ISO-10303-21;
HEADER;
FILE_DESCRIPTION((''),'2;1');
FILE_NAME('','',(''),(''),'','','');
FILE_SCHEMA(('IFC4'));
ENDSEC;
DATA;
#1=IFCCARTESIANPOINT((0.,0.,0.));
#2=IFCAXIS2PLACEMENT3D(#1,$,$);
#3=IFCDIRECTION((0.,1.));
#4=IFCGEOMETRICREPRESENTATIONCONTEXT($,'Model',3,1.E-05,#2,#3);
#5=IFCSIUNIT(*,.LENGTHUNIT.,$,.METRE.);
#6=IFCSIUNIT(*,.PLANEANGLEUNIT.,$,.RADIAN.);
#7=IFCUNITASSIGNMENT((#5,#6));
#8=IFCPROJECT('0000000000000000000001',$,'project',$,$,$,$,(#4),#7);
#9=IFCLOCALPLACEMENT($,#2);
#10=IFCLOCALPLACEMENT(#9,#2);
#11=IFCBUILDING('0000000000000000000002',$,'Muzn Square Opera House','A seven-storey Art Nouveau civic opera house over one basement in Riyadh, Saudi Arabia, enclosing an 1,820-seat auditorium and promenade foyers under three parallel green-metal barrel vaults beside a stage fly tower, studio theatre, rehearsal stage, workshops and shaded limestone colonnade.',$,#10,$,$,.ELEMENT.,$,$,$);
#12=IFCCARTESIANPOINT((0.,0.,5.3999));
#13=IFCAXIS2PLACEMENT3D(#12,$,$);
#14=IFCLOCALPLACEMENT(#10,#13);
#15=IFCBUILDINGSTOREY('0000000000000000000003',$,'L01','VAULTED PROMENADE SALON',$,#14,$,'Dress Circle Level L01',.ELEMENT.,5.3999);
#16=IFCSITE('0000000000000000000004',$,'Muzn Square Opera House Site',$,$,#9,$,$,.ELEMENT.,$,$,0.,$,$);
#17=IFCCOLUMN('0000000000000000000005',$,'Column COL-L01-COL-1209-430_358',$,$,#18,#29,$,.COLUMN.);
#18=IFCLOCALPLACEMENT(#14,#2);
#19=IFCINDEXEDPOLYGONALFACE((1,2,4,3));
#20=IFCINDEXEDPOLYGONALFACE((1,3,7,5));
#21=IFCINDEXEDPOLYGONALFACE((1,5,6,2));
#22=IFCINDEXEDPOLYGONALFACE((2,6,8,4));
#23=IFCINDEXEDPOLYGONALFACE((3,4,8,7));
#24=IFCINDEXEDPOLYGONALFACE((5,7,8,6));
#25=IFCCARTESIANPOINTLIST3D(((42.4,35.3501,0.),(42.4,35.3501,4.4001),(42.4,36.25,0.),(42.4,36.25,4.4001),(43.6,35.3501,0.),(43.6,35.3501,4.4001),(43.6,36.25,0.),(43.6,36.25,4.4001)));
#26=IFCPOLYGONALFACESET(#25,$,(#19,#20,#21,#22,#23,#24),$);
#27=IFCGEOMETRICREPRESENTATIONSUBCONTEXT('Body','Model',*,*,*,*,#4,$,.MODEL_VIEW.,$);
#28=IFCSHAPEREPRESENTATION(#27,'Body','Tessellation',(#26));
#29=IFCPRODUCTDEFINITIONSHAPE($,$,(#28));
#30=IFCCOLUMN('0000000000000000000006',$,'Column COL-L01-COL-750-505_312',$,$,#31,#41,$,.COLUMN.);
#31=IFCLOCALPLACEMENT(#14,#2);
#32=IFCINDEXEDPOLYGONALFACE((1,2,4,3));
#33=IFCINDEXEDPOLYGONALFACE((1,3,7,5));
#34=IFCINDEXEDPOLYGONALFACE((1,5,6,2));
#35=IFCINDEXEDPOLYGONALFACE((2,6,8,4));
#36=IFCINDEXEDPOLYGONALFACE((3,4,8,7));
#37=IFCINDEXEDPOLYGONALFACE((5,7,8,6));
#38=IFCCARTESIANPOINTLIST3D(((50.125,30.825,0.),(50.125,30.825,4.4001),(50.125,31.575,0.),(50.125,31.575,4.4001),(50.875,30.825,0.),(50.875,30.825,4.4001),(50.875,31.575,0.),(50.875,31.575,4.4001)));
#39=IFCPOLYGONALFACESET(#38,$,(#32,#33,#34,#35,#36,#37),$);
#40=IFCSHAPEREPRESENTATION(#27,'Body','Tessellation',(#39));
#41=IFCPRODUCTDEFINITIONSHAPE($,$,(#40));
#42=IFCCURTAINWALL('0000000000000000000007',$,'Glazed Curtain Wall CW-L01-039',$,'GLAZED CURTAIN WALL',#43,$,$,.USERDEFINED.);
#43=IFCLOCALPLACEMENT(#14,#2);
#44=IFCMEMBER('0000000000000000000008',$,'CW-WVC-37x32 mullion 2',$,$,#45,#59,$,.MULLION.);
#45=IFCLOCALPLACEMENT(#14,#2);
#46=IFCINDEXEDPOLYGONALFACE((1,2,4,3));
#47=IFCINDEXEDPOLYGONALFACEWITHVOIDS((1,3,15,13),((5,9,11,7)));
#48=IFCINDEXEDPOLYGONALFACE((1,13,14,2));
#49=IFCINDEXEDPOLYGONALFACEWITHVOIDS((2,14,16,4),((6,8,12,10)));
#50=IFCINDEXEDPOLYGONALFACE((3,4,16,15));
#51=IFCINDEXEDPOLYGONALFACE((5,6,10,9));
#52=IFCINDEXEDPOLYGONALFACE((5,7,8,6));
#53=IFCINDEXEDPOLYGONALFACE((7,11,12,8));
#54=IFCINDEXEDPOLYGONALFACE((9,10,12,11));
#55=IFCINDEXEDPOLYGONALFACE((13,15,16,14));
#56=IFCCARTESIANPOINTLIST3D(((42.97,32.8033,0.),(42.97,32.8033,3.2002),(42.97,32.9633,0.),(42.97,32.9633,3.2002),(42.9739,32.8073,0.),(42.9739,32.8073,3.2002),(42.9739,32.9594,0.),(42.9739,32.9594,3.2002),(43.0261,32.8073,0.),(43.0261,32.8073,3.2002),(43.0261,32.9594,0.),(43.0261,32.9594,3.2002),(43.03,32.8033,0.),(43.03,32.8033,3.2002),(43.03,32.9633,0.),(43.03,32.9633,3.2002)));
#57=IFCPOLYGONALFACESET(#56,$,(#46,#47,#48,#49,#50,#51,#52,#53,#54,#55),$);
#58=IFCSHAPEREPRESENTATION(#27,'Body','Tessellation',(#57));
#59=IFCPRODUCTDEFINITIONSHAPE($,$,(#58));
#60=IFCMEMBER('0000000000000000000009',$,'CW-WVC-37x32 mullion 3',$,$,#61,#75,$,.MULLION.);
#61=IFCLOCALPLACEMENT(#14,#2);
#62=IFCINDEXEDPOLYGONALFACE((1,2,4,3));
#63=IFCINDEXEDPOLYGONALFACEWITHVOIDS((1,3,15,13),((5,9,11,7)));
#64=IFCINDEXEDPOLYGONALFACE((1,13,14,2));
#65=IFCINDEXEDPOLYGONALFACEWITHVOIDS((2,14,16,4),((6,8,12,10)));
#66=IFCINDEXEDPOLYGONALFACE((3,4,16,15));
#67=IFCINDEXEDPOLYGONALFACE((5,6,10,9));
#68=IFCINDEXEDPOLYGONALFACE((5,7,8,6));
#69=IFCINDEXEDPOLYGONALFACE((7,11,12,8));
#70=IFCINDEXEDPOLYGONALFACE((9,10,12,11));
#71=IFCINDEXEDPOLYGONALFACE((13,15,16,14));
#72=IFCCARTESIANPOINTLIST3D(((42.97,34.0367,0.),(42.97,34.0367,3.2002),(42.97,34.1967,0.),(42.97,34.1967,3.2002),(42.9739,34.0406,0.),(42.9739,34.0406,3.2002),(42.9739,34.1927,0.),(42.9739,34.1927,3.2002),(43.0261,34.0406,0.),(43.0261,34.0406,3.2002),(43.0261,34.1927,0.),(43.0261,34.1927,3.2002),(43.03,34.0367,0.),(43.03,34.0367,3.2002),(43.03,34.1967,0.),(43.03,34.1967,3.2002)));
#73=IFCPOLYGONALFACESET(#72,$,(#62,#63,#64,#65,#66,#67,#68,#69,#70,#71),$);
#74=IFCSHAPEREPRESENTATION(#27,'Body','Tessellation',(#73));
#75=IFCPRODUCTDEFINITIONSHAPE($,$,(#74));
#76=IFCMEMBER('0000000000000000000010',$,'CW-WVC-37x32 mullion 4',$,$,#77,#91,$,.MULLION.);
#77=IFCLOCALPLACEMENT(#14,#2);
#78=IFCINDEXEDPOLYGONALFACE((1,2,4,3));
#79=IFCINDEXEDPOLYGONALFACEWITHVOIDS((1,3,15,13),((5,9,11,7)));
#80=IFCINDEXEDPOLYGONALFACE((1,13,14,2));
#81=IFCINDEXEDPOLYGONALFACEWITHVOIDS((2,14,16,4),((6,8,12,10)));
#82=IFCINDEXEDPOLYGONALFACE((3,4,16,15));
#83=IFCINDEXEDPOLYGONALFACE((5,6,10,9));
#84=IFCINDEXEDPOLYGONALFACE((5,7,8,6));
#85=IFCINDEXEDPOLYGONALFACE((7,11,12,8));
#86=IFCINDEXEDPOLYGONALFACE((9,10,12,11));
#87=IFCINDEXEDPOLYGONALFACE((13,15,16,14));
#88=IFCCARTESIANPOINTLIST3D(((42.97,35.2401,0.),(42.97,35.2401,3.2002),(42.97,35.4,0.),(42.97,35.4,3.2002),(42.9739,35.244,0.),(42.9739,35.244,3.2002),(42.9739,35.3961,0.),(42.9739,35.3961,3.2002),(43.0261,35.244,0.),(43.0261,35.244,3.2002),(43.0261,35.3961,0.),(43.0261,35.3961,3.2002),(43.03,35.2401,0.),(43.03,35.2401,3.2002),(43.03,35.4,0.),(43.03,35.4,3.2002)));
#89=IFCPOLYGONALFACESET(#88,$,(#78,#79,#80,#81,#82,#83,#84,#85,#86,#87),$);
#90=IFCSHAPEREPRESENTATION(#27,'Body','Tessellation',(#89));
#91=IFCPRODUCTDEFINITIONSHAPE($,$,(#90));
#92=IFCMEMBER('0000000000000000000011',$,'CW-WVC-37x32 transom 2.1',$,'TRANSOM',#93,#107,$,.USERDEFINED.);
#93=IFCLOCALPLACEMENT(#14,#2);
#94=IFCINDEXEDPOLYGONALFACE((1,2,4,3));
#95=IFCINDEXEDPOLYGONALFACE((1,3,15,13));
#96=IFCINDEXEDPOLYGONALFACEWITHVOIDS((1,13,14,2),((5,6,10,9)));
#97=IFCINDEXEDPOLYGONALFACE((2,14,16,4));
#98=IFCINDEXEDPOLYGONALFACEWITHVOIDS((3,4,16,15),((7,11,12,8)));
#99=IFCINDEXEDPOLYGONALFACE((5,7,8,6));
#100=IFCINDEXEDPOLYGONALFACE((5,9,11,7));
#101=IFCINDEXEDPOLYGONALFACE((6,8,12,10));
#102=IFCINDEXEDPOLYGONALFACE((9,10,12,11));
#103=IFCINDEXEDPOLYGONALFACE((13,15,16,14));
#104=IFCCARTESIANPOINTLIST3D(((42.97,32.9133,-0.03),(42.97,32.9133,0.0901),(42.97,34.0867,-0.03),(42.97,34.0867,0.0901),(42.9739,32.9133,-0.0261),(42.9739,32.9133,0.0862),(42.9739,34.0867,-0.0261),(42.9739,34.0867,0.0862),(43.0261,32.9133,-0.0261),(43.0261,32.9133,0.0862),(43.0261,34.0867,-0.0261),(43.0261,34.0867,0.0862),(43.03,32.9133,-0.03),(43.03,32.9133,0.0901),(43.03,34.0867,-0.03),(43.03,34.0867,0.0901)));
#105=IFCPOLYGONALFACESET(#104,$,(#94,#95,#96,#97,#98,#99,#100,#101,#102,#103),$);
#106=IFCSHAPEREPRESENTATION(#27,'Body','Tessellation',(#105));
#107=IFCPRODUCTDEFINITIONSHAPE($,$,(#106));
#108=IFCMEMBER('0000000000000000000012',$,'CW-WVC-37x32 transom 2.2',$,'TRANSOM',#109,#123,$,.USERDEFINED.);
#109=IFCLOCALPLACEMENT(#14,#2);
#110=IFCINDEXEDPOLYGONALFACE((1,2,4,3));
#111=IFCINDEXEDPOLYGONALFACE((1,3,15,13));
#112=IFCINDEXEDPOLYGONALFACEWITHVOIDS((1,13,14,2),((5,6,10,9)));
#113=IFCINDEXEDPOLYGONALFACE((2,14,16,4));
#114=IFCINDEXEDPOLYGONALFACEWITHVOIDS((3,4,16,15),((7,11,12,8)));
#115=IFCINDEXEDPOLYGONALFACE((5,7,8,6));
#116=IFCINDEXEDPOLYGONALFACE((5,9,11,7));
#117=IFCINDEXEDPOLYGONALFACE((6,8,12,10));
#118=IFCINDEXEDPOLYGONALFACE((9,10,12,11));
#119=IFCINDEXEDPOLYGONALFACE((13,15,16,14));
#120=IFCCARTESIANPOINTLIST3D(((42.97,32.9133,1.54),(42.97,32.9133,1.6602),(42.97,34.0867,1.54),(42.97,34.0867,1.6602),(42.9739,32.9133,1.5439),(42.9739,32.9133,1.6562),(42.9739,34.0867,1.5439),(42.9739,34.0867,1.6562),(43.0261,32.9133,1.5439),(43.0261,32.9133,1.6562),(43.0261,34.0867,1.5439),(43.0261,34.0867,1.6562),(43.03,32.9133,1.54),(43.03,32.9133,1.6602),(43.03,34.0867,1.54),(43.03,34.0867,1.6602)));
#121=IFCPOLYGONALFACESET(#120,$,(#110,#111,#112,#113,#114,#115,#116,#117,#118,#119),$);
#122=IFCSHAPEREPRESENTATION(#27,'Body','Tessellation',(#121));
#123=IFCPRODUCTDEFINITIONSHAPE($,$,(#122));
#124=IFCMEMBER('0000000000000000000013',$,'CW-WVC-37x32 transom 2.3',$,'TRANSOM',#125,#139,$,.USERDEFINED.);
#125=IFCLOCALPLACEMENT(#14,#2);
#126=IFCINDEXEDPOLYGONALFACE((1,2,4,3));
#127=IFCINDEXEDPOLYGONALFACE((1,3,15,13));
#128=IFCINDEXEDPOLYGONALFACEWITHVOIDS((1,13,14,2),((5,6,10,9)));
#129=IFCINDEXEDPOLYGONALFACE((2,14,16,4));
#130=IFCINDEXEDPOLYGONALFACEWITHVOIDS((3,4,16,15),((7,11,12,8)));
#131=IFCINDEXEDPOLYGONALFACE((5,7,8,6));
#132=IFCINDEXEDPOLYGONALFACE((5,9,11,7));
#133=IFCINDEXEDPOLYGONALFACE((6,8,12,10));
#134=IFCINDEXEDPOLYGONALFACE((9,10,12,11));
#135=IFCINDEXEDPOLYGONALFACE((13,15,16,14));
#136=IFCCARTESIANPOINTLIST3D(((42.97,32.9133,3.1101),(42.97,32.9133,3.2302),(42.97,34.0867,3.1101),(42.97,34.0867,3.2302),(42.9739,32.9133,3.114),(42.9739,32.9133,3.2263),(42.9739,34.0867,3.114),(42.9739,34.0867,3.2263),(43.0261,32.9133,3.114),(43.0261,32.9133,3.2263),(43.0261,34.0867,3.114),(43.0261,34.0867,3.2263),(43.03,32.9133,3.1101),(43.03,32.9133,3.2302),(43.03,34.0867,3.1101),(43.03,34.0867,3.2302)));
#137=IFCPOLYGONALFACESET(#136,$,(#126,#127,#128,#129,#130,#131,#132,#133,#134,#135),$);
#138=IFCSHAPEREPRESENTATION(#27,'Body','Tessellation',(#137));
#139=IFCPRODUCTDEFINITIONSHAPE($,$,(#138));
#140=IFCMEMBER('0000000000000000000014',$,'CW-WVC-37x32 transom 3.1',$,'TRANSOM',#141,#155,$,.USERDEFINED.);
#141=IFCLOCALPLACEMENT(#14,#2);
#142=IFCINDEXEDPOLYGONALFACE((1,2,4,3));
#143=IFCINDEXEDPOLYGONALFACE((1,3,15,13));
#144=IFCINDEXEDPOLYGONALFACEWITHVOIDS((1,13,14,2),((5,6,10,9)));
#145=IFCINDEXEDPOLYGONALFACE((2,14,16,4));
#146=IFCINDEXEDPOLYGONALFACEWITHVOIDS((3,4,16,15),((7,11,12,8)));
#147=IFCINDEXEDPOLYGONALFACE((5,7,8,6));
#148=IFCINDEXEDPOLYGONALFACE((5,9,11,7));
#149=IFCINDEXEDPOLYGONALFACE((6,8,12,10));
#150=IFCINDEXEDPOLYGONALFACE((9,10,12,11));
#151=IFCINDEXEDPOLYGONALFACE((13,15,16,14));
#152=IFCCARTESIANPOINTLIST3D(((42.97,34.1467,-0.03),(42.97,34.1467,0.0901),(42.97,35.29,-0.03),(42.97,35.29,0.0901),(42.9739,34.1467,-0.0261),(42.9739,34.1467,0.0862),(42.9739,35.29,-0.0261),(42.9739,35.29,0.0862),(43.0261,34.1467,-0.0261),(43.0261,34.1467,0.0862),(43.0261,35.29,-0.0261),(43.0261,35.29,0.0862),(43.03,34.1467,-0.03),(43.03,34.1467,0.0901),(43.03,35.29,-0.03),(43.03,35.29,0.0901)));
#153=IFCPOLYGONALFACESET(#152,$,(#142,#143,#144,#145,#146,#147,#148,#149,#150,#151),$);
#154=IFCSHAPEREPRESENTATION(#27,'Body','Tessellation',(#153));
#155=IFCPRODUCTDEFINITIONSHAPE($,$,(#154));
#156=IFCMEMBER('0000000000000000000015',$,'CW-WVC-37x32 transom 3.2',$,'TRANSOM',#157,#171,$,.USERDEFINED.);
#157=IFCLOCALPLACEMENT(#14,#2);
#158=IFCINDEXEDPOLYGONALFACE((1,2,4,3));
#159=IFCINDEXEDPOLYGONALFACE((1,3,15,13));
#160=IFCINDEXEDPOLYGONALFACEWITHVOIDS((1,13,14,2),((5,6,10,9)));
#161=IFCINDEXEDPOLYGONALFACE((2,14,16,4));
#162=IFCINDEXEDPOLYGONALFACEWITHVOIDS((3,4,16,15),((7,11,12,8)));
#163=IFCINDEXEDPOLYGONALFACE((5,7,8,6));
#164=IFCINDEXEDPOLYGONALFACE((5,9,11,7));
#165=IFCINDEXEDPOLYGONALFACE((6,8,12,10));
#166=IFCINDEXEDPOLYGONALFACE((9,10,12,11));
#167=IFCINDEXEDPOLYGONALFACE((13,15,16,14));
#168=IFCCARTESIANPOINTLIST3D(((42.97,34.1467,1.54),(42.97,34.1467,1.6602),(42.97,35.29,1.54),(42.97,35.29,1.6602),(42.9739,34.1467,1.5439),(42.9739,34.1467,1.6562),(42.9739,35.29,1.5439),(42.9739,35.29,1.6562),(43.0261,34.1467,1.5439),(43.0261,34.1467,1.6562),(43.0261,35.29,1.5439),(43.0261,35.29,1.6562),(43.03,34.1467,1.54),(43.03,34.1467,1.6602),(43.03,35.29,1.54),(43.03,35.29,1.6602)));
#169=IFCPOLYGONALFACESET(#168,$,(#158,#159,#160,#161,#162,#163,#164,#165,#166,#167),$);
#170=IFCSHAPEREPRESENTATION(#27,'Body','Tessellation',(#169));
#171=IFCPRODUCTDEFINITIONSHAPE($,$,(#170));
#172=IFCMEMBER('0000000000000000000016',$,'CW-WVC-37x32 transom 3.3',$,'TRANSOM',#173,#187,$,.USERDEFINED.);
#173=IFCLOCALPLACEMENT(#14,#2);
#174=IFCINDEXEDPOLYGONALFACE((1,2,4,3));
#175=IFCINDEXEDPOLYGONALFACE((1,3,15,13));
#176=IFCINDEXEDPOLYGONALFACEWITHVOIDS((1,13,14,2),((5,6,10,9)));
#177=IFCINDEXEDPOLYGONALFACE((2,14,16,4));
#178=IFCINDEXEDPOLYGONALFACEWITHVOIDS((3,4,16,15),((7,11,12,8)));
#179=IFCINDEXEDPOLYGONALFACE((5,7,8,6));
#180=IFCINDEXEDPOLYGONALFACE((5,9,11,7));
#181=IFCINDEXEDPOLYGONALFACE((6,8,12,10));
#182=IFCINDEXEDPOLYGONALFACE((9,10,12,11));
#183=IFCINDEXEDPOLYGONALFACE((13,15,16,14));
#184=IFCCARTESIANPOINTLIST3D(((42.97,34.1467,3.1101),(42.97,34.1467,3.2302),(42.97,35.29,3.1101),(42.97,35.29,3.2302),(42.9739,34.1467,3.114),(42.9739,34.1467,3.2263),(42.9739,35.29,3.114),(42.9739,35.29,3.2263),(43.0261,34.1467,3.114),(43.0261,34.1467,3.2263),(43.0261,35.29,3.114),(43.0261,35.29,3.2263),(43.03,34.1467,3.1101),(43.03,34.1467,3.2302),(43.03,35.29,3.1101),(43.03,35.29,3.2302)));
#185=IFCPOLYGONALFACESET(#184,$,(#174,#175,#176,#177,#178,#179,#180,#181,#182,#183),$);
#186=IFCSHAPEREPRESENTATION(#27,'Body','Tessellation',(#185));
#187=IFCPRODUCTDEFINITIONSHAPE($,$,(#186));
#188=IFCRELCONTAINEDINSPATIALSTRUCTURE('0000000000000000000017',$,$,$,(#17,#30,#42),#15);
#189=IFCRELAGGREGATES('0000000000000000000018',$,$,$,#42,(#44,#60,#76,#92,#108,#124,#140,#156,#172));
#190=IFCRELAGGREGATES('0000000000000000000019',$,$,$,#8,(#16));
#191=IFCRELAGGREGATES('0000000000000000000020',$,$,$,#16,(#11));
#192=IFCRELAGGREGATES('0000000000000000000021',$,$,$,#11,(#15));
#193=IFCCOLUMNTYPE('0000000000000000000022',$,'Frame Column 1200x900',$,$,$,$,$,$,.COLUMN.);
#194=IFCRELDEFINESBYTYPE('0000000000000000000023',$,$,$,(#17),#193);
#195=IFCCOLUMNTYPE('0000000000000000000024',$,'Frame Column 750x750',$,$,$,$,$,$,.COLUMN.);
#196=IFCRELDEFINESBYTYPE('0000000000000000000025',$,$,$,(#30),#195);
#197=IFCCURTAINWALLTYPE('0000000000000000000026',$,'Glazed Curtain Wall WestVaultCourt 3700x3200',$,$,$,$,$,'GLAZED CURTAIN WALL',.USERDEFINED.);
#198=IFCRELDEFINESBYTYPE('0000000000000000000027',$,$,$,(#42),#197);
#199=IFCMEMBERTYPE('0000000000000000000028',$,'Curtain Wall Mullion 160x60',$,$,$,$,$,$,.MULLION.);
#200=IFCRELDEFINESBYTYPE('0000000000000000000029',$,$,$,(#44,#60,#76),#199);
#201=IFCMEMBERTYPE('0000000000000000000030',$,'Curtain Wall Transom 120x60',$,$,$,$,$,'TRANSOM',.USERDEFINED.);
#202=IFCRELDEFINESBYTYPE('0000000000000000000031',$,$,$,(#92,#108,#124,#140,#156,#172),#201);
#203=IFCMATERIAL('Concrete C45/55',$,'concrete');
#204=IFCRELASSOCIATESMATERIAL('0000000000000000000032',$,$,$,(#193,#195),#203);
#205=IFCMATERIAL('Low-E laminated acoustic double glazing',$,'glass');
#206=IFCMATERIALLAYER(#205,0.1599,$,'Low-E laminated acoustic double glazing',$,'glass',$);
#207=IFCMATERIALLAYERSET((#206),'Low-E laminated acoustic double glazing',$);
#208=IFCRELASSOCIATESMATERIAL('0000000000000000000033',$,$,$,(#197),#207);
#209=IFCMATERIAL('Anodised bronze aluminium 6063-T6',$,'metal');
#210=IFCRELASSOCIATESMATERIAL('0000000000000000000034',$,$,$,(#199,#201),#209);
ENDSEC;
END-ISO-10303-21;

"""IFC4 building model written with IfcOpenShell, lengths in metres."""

from ifc_helpers import new_model, si_unit, direction, frame, origin, origin_2d, place, context, subcontext, project, spatial, rectangle, hollow_rectangle, extrude, material, layer, layer_set, material_profile, profile_set, type_object, element, aggregate, save


model = new_model("IFC4")

# Units and contexts
model_context = context("Model", 3, precision=1e-05, world=origin(), true_north=direction((0.0, 1.0)))
body_context = subcontext(model_context, "Body", "Model", "MODEL_VIEW")
ifc_project = project(units=[si_unit("LENGTHUNIT", "METRE"), si_unit("PLANEANGLEUNIT", "RADIAN")], contexts=[model_context])

# Site, building, storey
site_placement = place(None, origin())
site = spatial("IfcSite", under=ifc_project, at=site_placement, Name="Muzn Square Opera House Site", CompositionType="ELEMENT", RefElevation=0.0)
building_placement = place(site_placement, origin())
building = spatial("IfcBuilding", under=site, at=building_placement, Name="Muzn Square Opera House", Description="A seven-storey Art Nouveau civic opera house over one basement in Riyadh, Saudi Arabia, enclosing an 1,820-seat auditorium and promenade foyers under three parallel green-metal barrel vaults beside a stage fly tower, studio theatre, rehearsal stage, workshops and shaded limestone colonnade.", CompositionType="ELEMENT")
storey_placement = place(building_placement, frame((0.0, 0.0, 5.3999)))
storey = spatial("IfcBuildingStorey", under=building, at=storey_placement, Name="L01", Description="VAULTED PROMENADE SALON", LongName="Dress Circle Level L01", CompositionType="ELEMENT", Elevation=5.3999)

# Columns
ifc_material_1 = material(Name="Concrete C45/55", Category="concrete")
ifc_material_profile_1 = material_profile(ifc_material_1, rectangle(XDim=1.2, YDim=0.8999, at=origin_2d()), Name="RC 1200x900", Category="concrete")
ifc_profile_set_1 = profile_set([ifc_material_profile_1], Name="Concrete C45/55")
column_type_1 = type_object("IfcColumnType", Name="Frame Column 1200x900", PredefinedType="COLUMN", material=ifc_profile_set_1)
column_1_placement = place(storey_placement, frame((43.0, 35.8, 0.0), z_axis=(0.0, 0.0, 1.0), x_axis=(1.0, 0.0, 0.0)))
element("IfcColumn", 1, at=column_1_placement, inside=storey, type_object=column_type_1, Name="Column COL-L01-COL-1209-430_358", PredefinedType="COLUMN", context=body_context, shape_type="SweptSolid", body=[
    extrude(rectangle(XDim=1.2, YDim=0.8999, at=origin_2d()), origin(), (0.0, 0.0, 1.0), 4.4001),
])
ifc_material_profile_2 = material_profile(ifc_material_1, rectangle(XDim=0.75, YDim=0.75, at=origin_2d()), Name="RC 750x750", Category="concrete")
ifc_profile_set_2 = profile_set([ifc_material_profile_2], Name="Concrete C45/55")
column_type_2 = type_object("IfcColumnType", Name="Frame Column 750x750", PredefinedType="COLUMN", material=ifc_profile_set_2)
column_2_placement = place(storey_placement, frame((50.5, 31.2, 0.0), z_axis=(0.0, 0.0, 1.0), x_axis=(1.0, 0.0, 0.0)))
element("IfcColumn", 2, at=column_2_placement, inside=storey, type_object=column_type_2, Name="Column COL-L01-COL-750-505_312", PredefinedType="COLUMN", context=body_context, shape_type="SweptSolid", body=[
    extrude(rectangle(XDim=0.75, YDim=0.75, at=origin_2d()), origin(), (0.0, 0.0, 1.0), 4.4001),
])

# Curtain wall, members
ifc_material_2 = material(Name="Low-E laminated acoustic double glazing", Category="glass")
ifc_layer_1 = layer(ifc_material_2, 0.1599, Name="Low-E laminated acoustic double glazing", Category="glass")
ifc_layer_set_1 = layer_set([ifc_layer_1], Name="Low-E laminated acoustic double glazing")
curtain_wall_type = type_object("IfcCurtainWallType", Name="Glazed Curtain Wall WestVaultCourt 3700x3200", ElementType="GLAZED CURTAIN WALL", PredefinedType="USERDEFINED", material=ifc_layer_set_1)
curtain_wall_placement = place(storey_placement, origin())
curtain_wall = element("IfcCurtainWall", 3, at=curtain_wall_placement, inside=storey, type_object=curtain_wall_type, Name="Glazed Curtain Wall CW-L01-039", ObjectType="GLAZED CURTAIN WALL", PredefinedType="USERDEFINED")
ifc_material_3 = material(Name="Anodised bronze aluminium 6063-T6", Category="metal")
ifc_material_profile_3 = material_profile(ifc_material_3, hollow_rectangle(XDim=0.0601, YDim=0.1599, WallThickness=0.0039, at=origin_2d()), Name="ALU 160x60x4", Category="metal")
ifc_profile_set_3 = profile_set([ifc_material_profile_3], Name="Anodised bronze aluminium 6063-T6")
member_type_1 = type_object("IfcMemberType", Name="Curtain Wall Mullion 160x60", PredefinedType="MULLION", material=ifc_profile_set_3)
member_1_placement = place(storey_placement, frame((43.0, 32.8833, 0.0), z_axis=(0.0, 0.0, 1.0), x_axis=(-1.0, 0.0, 0.0)))
member_1 = element("IfcMember", 4, at=member_1_placement, type_object=member_type_1, Name="CW-WVC-37x32 mullion 2", PredefinedType="MULLION", context=body_context, shape_type="SweptSolid", body=[
    extrude(hollow_rectangle(XDim=0.0601, YDim=0.1599, WallThickness=0.0039, at=origin_2d()), origin(), (0.0, 0.0, 1.0), 3.2002),
])
member_2_placement = place(storey_placement, frame((43.0, 34.1167, 0.0), z_axis=(0.0, 0.0, 1.0), x_axis=(-1.0, 0.0, 0.0)))
member_2 = element("IfcMember", 5, at=member_2_placement, type_object=member_type_1, Name="CW-WVC-37x32 mullion 3", PredefinedType="MULLION", context=body_context, shape_type="SweptSolid", body=[
    extrude(hollow_rectangle(XDim=0.0601, YDim=0.1599, WallThickness=0.0039, at=origin_2d()), origin(), (0.0, 0.0, 1.0), 3.2002),
])
member_3_placement = place(storey_placement, frame((43.0, 35.3201, 0.0), z_axis=(0.0, 0.0, 1.0), x_axis=(-1.0, 0.0, 0.0)))
member_3 = element("IfcMember", 6, at=member_3_placement, type_object=member_type_1, Name="CW-WVC-37x32 mullion 4", PredefinedType="MULLION", context=body_context, shape_type="SweptSolid", body=[
    extrude(hollow_rectangle(XDim=0.0601, YDim=0.1599, WallThickness=0.0039, at=origin_2d()), origin(), (0.0, 0.0, 1.0), 3.2002),
])
ifc_material_profile_4 = material_profile(ifc_material_3, hollow_rectangle(XDim=0.0601, YDim=0.1201, WallThickness=0.0039, at=origin_2d()), Name="ALU 120x60x4", Category="metal")
ifc_profile_set_4 = profile_set([ifc_material_profile_4], Name="Anodised bronze aluminium 6063-T6")
member_type_2 = type_object("IfcMemberType", Name="Curtain Wall Transom 120x60", ElementType="TRANSOM", PredefinedType="USERDEFINED", material=ifc_profile_set_4)
member_4_placement = place(storey_placement, frame((43.0, 32.9133, 0.03), z_axis=(0.0, 1.0, 0.0), x_axis=(-1.0, 0.0, 0.0)))
member_4 = element("IfcMember", 7, at=member_4_placement, type_object=member_type_2, Name="CW-WVC-37x32 transom 2.1", ObjectType="TRANSOM", PredefinedType="USERDEFINED", context=body_context, shape_type="SweptSolid", body=[
    extrude(hollow_rectangle(XDim=0.0601, YDim=0.1201, WallThickness=0.0039, at=origin_2d()), origin(), (0.0, 0.0, 1.0), 1.1733),
])
member_5_placement = place(storey_placement, frame((43.0, 32.9133, 1.6001), z_axis=(0.0, 1.0, 0.0), x_axis=(-1.0, 0.0, 0.0)))
member_5 = element("IfcMember", 8, at=member_5_placement, type_object=member_type_2, Name="CW-WVC-37x32 transom 2.2", ObjectType="TRANSOM", PredefinedType="USERDEFINED", context=body_context, shape_type="SweptSolid", body=[
    extrude(hollow_rectangle(XDim=0.0601, YDim=0.1201, WallThickness=0.0039, at=origin_2d()), origin(), (0.0, 0.0, 1.0), 1.1733),
])
member_6_placement = place(storey_placement, frame((43.0, 32.9133, 3.1702), z_axis=(0.0, 1.0, 0.0), x_axis=(-1.0, 0.0, 0.0)))
member_6 = element("IfcMember", 9, at=member_6_placement, type_object=member_type_2, Name="CW-WVC-37x32 transom 2.3", ObjectType="TRANSOM", PredefinedType="USERDEFINED", context=body_context, shape_type="SweptSolid", body=[
    extrude(hollow_rectangle(XDim=0.0601, YDim=0.1201, WallThickness=0.0039, at=origin_2d()), origin(), (0.0, 0.0, 1.0), 1.1733),
])
member_7_placement = place(storey_placement, frame((43.0, 34.1467, 0.03), z_axis=(0.0, 1.0, 0.0), x_axis=(-1.0, 0.0, 0.0)))
member_7 = element("IfcMember", 10, at=member_7_placement, type_object=member_type_2, Name="CW-WVC-37x32 transom 3.1", ObjectType="TRANSOM", PredefinedType="USERDEFINED", context=body_context, shape_type="SweptSolid", body=[
    extrude(hollow_rectangle(XDim=0.0601, YDim=0.1201, WallThickness=0.0039, at=origin_2d()), origin(), (0.0, 0.0, 1.0), 1.1433),
])
member_8_placement = place(storey_placement, frame((43.0, 34.1467, 1.6001), z_axis=(0.0, 1.0, 0.0), x_axis=(-1.0, 0.0, 0.0)))
member_8 = element("IfcMember", 11, at=member_8_placement, type_object=member_type_2, Name="CW-WVC-37x32 transom 3.2", ObjectType="TRANSOM", PredefinedType="USERDEFINED", context=body_context, shape_type="SweptSolid", body=[
    extrude(hollow_rectangle(XDim=0.0601, YDim=0.1201, WallThickness=0.0039, at=origin_2d()), origin(), (0.0, 0.0, 1.0), 1.1433),
])
member_9_placement = place(storey_placement, frame((43.0, 34.1467, 3.1702), z_axis=(0.0, 1.0, 0.0), x_axis=(-1.0, 0.0, 0.0)))
member_9 = element("IfcMember", 12, at=member_9_placement, type_object=member_type_2, Name="CW-WVC-37x32 transom 3.3", ObjectType="TRANSOM", PredefinedType="USERDEFINED", context=body_context, shape_type="SweptSolid", body=[
    extrude(hollow_rectangle(XDim=0.0601, YDim=0.1201, WallThickness=0.0039, at=origin_2d()), origin(), (0.0, 0.0, 1.0), 1.1433),
])

aggregate(curtain_wall, [member_1, member_2, member_3, member_4, member_5, member_6, member_7, member_8, member_9])

save(model, "model.ifc")
